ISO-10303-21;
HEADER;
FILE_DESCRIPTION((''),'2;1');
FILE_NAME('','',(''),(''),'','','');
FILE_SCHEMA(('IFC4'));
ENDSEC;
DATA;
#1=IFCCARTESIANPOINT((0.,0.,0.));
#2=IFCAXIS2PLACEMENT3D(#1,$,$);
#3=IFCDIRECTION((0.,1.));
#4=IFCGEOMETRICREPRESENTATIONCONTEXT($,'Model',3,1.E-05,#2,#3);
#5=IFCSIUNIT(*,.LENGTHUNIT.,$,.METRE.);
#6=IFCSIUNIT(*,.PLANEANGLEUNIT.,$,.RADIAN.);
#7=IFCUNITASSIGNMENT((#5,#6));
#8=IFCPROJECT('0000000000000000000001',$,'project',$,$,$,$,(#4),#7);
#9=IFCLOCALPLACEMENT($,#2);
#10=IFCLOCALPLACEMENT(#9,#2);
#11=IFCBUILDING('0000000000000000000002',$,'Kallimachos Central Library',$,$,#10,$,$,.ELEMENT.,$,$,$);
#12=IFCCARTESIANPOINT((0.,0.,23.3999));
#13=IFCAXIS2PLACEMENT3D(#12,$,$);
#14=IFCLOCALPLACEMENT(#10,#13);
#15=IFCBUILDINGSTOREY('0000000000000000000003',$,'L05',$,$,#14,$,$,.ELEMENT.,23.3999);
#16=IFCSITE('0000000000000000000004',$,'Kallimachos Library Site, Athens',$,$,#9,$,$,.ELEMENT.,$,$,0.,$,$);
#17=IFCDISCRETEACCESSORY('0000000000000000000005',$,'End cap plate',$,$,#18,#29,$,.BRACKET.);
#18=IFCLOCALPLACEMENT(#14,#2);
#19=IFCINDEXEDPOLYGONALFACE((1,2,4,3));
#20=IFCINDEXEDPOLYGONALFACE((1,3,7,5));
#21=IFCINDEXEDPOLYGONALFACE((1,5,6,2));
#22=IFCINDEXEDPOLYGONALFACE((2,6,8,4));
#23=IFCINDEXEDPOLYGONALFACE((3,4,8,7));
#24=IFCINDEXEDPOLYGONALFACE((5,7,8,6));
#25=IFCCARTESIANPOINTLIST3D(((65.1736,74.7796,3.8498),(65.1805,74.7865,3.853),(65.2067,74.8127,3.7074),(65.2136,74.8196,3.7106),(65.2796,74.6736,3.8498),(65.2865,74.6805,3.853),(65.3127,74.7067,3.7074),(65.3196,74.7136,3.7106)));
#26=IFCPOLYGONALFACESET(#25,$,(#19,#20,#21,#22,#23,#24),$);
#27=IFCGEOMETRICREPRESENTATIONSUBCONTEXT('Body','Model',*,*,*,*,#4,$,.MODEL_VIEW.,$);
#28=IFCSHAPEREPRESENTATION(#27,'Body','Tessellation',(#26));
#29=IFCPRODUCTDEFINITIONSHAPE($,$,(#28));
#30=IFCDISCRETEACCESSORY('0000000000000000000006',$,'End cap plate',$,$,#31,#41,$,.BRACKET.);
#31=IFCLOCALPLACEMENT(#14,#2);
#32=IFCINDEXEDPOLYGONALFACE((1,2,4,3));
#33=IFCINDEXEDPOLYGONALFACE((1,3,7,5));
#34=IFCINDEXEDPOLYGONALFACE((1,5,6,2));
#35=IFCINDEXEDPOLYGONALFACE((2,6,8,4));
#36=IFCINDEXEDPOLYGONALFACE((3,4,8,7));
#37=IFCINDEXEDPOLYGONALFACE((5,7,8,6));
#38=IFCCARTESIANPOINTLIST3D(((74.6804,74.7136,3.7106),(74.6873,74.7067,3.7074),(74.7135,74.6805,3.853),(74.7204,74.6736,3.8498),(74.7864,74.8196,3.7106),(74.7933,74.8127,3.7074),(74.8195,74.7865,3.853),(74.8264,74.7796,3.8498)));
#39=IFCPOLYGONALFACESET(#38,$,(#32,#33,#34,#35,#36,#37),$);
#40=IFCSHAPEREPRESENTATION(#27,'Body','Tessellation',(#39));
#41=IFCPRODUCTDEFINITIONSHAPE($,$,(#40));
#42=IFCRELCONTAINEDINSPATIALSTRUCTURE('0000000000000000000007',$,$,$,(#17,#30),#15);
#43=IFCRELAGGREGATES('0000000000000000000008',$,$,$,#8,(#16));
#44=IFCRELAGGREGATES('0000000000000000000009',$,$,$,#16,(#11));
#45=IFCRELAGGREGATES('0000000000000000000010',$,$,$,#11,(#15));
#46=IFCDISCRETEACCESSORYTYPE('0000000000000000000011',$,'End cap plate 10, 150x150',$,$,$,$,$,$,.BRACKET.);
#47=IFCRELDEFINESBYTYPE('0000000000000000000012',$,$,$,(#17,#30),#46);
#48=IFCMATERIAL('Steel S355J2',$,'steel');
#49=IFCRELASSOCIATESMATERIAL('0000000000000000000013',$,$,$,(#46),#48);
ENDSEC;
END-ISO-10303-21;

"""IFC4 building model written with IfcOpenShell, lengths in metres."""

from ifc_helpers import new_model, si_unit, direction, frame, origin, origin_2d, place, context, subcontext, project, spatial, rectangle, extrude, material, material_profile, profile_set, type_object, element, save


model = new_model("IFC4")

# Units and contexts
model_context = context("Model", 3, precision=1e-05, world=origin(), true_north=direction((0.0, 1.0)))
body_context = subcontext(model_context, "Body", "Model", "MODEL_VIEW")
ifc_project = project(units=[si_unit("LENGTHUNIT", "METRE"), si_unit("PLANEANGLEUNIT", "RADIAN")], contexts=[model_context])

# Site, building, storey
site_placement = place(None, origin())
site = spatial("IfcSite", under=ifc_project, at=site_placement, Name="Kallimachos Library Site, Athens", CompositionType="ELEMENT", RefElevation=0.0)
building_placement = place(site_placement, origin())
building = spatial("IfcBuilding", under=site, at=building_placement, Name="Kallimachos Central Library", CompositionType="ELEMENT")
storey_placement = place(building_placement, frame((0.0, 0.0, 23.3999)))
storey = spatial("IfcBuildingStorey", under=building, at=storey_placement, Name="L05", CompositionType="ELEMENT", Elevation=23.3999)

# Discrete accessories
ifc_material_1 = material(Name="Steel S355J2", Category="steel")
ifc_material_profile_1 = material_profile(ifc_material_1, rectangle(XDim=0.1499, YDim=0.1499, at=origin_2d()), Name="End cap plate 10, 150x150")
ifc_profile_set_1 = profile_set([ifc_material_profile_1], Name="Steel S355J2")
discrete_accessory_type = type_object("IfcDiscreteAccessoryType", Name="End cap plate 10, 150x150", PredefinedType="BRACKET", material=ifc_profile_set_1)
for number, where, z_axis, x_axis, name in (
    (1, (65.2432, 74.7432, 3.7786), (0.671828, 0.671828, 0.31192), (-0.707107, 0.707107, 0.0), "End cap plate"),
    (2, (74.7568, 74.7432, 3.7786), (-0.671828, 0.671828, 0.31192), (-0.707107, -0.707107, 0.0), "End cap plate"),
):
    element("IfcDiscreteAccessory", number, at=place(storey_placement, frame(where, z_axis=z_axis, x_axis=x_axis)), inside=storey, type_object=discrete_accessory_type, Name=name, PredefinedType="BRACKET", context=body_context, shape_type="SweptSolid", body=[
        extrude(rectangle(XDim=0.1499, YDim=0.1499, at=origin_2d()), origin(), (0.0, 0.0, 1.0), 0.0103),
    ])

save(model, "model.ifc")
